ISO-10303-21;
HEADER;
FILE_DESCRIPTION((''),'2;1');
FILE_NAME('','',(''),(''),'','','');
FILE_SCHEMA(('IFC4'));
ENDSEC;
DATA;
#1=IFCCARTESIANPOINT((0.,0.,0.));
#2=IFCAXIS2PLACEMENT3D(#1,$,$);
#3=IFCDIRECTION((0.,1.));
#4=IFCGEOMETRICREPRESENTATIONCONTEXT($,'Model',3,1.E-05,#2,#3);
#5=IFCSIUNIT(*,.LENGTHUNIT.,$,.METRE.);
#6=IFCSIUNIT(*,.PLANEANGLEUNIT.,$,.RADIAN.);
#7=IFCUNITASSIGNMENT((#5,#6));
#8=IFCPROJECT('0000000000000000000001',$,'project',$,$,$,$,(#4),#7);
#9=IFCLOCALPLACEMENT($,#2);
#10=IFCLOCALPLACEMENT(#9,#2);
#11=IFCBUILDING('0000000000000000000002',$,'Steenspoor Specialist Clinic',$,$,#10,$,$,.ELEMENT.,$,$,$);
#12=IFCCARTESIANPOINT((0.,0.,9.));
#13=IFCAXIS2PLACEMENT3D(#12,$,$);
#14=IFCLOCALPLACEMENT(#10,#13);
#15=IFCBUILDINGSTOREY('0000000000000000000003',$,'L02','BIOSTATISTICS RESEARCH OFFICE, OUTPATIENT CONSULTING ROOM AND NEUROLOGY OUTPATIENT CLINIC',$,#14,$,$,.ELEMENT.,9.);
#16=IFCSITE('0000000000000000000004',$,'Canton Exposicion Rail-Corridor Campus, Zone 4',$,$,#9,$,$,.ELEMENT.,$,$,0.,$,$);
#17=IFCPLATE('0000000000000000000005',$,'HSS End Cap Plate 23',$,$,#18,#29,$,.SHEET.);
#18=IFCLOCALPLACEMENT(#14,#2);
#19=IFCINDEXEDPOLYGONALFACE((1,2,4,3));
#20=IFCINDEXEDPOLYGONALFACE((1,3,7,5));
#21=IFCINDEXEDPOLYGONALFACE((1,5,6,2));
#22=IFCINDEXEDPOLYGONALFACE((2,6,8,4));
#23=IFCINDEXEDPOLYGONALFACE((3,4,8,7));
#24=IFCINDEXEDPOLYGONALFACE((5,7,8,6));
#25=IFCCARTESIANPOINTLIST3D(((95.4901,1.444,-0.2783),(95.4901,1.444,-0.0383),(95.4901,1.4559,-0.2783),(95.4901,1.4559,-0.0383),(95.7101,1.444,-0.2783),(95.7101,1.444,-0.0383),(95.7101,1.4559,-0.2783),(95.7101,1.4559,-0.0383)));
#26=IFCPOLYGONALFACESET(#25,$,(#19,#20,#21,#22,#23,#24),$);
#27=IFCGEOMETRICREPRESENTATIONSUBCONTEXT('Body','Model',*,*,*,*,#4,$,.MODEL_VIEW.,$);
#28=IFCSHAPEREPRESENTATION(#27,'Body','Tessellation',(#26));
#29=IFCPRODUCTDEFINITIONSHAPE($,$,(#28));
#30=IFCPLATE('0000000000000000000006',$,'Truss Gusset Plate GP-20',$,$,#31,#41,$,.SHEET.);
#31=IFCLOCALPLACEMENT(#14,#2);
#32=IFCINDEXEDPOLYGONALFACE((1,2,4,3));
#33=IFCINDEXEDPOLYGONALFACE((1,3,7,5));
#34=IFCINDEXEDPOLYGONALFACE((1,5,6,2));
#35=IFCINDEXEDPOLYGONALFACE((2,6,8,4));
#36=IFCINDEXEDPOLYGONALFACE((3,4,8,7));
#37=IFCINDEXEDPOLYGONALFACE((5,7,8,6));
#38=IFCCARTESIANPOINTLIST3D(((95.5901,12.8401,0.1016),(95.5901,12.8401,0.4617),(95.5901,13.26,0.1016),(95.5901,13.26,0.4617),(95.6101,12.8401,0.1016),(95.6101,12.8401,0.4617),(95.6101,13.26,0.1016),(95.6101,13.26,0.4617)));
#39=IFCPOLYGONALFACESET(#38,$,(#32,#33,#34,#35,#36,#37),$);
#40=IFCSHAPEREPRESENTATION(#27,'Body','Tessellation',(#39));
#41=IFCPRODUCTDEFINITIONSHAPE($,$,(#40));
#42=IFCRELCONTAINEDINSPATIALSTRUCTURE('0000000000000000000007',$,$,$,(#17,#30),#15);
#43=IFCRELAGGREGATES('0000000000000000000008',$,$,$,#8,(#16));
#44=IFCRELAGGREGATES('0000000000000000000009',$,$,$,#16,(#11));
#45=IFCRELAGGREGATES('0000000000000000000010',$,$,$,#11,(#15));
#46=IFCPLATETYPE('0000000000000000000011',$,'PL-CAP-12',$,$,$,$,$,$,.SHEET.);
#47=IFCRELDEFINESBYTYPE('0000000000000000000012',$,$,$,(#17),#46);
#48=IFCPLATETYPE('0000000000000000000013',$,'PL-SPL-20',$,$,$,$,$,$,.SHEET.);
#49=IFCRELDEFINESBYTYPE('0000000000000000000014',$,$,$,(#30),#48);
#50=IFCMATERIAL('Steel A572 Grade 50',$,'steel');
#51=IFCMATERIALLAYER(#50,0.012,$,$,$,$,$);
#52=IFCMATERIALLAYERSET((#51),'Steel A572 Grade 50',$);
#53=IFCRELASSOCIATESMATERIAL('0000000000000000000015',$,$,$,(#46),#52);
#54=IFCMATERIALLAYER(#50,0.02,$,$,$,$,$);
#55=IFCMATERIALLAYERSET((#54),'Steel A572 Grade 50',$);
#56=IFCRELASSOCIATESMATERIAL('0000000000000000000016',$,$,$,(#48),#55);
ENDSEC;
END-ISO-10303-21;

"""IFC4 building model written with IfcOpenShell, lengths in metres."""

from ifc_helpers import new_model, si_unit, direction, frame, origin, origin_2d, place, context, subcontext, project, spatial, rectangle, extrude, material, layer, layer_set, type_object, element, save


model = new_model("IFC4")

# Units and contexts
model_context = context("Model", 3, precision=1e-05, world=origin(), true_north=direction((0.0, 1.0)))
body_context = subcontext(model_context, "Body", "Model", "MODEL_VIEW")
ifc_project = project(units=[si_unit("LENGTHUNIT", "METRE"), si_unit("PLANEANGLEUNIT", "RADIAN")], contexts=[model_context])

# Site, building, storey
site_placement = place(None, origin())
site = spatial("IfcSite", under=ifc_project, at=site_placement, Name="Canton Exposicion Rail-Corridor Campus, Zone 4", CompositionType="ELEMENT", RefElevation=0.0)
building_placement = place(site_placement, origin())
building = spatial("IfcBuilding", under=site, at=building_placement, Name="Steenspoor Specialist Clinic", CompositionType="ELEMENT")
storey_placement = place(building_placement, frame((0.0, 0.0, 9.0)))
storey = spatial("IfcBuildingStorey", under=building, at=storey_placement, Name="L02", Description="BIOSTATISTICS RESEARCH OFFICE, OUTPATIENT CONSULTING ROOM AND NEUROLOGY OUTPATIENT CLINIC", CompositionType="ELEMENT", Elevation=9.0)

# Plates
ifc_material_1 = material(Name="Steel A572 Grade 50", Category="steel")
ifc_layer_1 = layer(ifc_material_1, 0.012)
ifc_layer_set_1 = layer_set([ifc_layer_1], Name="Steel A572 Grade 50")
plate_type_1 = type_object("IfcPlateType", Name="PL-CAP-12", PredefinedType="SHEET", material=ifc_layer_set_1)
plate_1_placement = place(storey_placement, frame((95.6001, 1.45, -0.2783), z_axis=(0.0, 0.0, 1.0), x_axis=(1.0, 0.0, 0.0)))
element("IfcPlate", 1, at=plate_1_placement, inside=storey, type_object=plate_type_1, Name="HSS End Cap Plate 23", PredefinedType="SHEET", context=body_context, shape_type="SweptSolid", body=[
    extrude(rectangle(XDim=0.22, YDim=0.012, at=origin_2d()), origin(), (0.0, 0.0, 1.0), 0.24),
])
ifc_layer_2 = layer(ifc_material_1, 0.02)
ifc_layer_set_2 = layer_set([ifc_layer_2], Name="Steel A572 Grade 50")
plate_type_2 = type_object("IfcPlateType", Name="PL-SPL-20", PredefinedType="SHEET", material=ifc_layer_set_2)
plate_2_placement = place(storey_placement, frame((95.6001, 13.05, 0.1016), z_axis=(0.0, 0.0, 1.0), x_axis=(1.0, 0.0, 0.0)))
element("IfcPlate", 2, at=plate_2_placement, inside=storey, type_object=plate_type_2, Name="Truss Gusset Plate GP-20", PredefinedType="SHEET", context=body_context, shape_type="SweptSolid", body=[
    extrude(rectangle(XDim=0.02, YDim=0.4199, at=origin_2d()), origin(), (0.0, 0.0, 1.0), 0.3601),
])

save(model, "model.ifc")
